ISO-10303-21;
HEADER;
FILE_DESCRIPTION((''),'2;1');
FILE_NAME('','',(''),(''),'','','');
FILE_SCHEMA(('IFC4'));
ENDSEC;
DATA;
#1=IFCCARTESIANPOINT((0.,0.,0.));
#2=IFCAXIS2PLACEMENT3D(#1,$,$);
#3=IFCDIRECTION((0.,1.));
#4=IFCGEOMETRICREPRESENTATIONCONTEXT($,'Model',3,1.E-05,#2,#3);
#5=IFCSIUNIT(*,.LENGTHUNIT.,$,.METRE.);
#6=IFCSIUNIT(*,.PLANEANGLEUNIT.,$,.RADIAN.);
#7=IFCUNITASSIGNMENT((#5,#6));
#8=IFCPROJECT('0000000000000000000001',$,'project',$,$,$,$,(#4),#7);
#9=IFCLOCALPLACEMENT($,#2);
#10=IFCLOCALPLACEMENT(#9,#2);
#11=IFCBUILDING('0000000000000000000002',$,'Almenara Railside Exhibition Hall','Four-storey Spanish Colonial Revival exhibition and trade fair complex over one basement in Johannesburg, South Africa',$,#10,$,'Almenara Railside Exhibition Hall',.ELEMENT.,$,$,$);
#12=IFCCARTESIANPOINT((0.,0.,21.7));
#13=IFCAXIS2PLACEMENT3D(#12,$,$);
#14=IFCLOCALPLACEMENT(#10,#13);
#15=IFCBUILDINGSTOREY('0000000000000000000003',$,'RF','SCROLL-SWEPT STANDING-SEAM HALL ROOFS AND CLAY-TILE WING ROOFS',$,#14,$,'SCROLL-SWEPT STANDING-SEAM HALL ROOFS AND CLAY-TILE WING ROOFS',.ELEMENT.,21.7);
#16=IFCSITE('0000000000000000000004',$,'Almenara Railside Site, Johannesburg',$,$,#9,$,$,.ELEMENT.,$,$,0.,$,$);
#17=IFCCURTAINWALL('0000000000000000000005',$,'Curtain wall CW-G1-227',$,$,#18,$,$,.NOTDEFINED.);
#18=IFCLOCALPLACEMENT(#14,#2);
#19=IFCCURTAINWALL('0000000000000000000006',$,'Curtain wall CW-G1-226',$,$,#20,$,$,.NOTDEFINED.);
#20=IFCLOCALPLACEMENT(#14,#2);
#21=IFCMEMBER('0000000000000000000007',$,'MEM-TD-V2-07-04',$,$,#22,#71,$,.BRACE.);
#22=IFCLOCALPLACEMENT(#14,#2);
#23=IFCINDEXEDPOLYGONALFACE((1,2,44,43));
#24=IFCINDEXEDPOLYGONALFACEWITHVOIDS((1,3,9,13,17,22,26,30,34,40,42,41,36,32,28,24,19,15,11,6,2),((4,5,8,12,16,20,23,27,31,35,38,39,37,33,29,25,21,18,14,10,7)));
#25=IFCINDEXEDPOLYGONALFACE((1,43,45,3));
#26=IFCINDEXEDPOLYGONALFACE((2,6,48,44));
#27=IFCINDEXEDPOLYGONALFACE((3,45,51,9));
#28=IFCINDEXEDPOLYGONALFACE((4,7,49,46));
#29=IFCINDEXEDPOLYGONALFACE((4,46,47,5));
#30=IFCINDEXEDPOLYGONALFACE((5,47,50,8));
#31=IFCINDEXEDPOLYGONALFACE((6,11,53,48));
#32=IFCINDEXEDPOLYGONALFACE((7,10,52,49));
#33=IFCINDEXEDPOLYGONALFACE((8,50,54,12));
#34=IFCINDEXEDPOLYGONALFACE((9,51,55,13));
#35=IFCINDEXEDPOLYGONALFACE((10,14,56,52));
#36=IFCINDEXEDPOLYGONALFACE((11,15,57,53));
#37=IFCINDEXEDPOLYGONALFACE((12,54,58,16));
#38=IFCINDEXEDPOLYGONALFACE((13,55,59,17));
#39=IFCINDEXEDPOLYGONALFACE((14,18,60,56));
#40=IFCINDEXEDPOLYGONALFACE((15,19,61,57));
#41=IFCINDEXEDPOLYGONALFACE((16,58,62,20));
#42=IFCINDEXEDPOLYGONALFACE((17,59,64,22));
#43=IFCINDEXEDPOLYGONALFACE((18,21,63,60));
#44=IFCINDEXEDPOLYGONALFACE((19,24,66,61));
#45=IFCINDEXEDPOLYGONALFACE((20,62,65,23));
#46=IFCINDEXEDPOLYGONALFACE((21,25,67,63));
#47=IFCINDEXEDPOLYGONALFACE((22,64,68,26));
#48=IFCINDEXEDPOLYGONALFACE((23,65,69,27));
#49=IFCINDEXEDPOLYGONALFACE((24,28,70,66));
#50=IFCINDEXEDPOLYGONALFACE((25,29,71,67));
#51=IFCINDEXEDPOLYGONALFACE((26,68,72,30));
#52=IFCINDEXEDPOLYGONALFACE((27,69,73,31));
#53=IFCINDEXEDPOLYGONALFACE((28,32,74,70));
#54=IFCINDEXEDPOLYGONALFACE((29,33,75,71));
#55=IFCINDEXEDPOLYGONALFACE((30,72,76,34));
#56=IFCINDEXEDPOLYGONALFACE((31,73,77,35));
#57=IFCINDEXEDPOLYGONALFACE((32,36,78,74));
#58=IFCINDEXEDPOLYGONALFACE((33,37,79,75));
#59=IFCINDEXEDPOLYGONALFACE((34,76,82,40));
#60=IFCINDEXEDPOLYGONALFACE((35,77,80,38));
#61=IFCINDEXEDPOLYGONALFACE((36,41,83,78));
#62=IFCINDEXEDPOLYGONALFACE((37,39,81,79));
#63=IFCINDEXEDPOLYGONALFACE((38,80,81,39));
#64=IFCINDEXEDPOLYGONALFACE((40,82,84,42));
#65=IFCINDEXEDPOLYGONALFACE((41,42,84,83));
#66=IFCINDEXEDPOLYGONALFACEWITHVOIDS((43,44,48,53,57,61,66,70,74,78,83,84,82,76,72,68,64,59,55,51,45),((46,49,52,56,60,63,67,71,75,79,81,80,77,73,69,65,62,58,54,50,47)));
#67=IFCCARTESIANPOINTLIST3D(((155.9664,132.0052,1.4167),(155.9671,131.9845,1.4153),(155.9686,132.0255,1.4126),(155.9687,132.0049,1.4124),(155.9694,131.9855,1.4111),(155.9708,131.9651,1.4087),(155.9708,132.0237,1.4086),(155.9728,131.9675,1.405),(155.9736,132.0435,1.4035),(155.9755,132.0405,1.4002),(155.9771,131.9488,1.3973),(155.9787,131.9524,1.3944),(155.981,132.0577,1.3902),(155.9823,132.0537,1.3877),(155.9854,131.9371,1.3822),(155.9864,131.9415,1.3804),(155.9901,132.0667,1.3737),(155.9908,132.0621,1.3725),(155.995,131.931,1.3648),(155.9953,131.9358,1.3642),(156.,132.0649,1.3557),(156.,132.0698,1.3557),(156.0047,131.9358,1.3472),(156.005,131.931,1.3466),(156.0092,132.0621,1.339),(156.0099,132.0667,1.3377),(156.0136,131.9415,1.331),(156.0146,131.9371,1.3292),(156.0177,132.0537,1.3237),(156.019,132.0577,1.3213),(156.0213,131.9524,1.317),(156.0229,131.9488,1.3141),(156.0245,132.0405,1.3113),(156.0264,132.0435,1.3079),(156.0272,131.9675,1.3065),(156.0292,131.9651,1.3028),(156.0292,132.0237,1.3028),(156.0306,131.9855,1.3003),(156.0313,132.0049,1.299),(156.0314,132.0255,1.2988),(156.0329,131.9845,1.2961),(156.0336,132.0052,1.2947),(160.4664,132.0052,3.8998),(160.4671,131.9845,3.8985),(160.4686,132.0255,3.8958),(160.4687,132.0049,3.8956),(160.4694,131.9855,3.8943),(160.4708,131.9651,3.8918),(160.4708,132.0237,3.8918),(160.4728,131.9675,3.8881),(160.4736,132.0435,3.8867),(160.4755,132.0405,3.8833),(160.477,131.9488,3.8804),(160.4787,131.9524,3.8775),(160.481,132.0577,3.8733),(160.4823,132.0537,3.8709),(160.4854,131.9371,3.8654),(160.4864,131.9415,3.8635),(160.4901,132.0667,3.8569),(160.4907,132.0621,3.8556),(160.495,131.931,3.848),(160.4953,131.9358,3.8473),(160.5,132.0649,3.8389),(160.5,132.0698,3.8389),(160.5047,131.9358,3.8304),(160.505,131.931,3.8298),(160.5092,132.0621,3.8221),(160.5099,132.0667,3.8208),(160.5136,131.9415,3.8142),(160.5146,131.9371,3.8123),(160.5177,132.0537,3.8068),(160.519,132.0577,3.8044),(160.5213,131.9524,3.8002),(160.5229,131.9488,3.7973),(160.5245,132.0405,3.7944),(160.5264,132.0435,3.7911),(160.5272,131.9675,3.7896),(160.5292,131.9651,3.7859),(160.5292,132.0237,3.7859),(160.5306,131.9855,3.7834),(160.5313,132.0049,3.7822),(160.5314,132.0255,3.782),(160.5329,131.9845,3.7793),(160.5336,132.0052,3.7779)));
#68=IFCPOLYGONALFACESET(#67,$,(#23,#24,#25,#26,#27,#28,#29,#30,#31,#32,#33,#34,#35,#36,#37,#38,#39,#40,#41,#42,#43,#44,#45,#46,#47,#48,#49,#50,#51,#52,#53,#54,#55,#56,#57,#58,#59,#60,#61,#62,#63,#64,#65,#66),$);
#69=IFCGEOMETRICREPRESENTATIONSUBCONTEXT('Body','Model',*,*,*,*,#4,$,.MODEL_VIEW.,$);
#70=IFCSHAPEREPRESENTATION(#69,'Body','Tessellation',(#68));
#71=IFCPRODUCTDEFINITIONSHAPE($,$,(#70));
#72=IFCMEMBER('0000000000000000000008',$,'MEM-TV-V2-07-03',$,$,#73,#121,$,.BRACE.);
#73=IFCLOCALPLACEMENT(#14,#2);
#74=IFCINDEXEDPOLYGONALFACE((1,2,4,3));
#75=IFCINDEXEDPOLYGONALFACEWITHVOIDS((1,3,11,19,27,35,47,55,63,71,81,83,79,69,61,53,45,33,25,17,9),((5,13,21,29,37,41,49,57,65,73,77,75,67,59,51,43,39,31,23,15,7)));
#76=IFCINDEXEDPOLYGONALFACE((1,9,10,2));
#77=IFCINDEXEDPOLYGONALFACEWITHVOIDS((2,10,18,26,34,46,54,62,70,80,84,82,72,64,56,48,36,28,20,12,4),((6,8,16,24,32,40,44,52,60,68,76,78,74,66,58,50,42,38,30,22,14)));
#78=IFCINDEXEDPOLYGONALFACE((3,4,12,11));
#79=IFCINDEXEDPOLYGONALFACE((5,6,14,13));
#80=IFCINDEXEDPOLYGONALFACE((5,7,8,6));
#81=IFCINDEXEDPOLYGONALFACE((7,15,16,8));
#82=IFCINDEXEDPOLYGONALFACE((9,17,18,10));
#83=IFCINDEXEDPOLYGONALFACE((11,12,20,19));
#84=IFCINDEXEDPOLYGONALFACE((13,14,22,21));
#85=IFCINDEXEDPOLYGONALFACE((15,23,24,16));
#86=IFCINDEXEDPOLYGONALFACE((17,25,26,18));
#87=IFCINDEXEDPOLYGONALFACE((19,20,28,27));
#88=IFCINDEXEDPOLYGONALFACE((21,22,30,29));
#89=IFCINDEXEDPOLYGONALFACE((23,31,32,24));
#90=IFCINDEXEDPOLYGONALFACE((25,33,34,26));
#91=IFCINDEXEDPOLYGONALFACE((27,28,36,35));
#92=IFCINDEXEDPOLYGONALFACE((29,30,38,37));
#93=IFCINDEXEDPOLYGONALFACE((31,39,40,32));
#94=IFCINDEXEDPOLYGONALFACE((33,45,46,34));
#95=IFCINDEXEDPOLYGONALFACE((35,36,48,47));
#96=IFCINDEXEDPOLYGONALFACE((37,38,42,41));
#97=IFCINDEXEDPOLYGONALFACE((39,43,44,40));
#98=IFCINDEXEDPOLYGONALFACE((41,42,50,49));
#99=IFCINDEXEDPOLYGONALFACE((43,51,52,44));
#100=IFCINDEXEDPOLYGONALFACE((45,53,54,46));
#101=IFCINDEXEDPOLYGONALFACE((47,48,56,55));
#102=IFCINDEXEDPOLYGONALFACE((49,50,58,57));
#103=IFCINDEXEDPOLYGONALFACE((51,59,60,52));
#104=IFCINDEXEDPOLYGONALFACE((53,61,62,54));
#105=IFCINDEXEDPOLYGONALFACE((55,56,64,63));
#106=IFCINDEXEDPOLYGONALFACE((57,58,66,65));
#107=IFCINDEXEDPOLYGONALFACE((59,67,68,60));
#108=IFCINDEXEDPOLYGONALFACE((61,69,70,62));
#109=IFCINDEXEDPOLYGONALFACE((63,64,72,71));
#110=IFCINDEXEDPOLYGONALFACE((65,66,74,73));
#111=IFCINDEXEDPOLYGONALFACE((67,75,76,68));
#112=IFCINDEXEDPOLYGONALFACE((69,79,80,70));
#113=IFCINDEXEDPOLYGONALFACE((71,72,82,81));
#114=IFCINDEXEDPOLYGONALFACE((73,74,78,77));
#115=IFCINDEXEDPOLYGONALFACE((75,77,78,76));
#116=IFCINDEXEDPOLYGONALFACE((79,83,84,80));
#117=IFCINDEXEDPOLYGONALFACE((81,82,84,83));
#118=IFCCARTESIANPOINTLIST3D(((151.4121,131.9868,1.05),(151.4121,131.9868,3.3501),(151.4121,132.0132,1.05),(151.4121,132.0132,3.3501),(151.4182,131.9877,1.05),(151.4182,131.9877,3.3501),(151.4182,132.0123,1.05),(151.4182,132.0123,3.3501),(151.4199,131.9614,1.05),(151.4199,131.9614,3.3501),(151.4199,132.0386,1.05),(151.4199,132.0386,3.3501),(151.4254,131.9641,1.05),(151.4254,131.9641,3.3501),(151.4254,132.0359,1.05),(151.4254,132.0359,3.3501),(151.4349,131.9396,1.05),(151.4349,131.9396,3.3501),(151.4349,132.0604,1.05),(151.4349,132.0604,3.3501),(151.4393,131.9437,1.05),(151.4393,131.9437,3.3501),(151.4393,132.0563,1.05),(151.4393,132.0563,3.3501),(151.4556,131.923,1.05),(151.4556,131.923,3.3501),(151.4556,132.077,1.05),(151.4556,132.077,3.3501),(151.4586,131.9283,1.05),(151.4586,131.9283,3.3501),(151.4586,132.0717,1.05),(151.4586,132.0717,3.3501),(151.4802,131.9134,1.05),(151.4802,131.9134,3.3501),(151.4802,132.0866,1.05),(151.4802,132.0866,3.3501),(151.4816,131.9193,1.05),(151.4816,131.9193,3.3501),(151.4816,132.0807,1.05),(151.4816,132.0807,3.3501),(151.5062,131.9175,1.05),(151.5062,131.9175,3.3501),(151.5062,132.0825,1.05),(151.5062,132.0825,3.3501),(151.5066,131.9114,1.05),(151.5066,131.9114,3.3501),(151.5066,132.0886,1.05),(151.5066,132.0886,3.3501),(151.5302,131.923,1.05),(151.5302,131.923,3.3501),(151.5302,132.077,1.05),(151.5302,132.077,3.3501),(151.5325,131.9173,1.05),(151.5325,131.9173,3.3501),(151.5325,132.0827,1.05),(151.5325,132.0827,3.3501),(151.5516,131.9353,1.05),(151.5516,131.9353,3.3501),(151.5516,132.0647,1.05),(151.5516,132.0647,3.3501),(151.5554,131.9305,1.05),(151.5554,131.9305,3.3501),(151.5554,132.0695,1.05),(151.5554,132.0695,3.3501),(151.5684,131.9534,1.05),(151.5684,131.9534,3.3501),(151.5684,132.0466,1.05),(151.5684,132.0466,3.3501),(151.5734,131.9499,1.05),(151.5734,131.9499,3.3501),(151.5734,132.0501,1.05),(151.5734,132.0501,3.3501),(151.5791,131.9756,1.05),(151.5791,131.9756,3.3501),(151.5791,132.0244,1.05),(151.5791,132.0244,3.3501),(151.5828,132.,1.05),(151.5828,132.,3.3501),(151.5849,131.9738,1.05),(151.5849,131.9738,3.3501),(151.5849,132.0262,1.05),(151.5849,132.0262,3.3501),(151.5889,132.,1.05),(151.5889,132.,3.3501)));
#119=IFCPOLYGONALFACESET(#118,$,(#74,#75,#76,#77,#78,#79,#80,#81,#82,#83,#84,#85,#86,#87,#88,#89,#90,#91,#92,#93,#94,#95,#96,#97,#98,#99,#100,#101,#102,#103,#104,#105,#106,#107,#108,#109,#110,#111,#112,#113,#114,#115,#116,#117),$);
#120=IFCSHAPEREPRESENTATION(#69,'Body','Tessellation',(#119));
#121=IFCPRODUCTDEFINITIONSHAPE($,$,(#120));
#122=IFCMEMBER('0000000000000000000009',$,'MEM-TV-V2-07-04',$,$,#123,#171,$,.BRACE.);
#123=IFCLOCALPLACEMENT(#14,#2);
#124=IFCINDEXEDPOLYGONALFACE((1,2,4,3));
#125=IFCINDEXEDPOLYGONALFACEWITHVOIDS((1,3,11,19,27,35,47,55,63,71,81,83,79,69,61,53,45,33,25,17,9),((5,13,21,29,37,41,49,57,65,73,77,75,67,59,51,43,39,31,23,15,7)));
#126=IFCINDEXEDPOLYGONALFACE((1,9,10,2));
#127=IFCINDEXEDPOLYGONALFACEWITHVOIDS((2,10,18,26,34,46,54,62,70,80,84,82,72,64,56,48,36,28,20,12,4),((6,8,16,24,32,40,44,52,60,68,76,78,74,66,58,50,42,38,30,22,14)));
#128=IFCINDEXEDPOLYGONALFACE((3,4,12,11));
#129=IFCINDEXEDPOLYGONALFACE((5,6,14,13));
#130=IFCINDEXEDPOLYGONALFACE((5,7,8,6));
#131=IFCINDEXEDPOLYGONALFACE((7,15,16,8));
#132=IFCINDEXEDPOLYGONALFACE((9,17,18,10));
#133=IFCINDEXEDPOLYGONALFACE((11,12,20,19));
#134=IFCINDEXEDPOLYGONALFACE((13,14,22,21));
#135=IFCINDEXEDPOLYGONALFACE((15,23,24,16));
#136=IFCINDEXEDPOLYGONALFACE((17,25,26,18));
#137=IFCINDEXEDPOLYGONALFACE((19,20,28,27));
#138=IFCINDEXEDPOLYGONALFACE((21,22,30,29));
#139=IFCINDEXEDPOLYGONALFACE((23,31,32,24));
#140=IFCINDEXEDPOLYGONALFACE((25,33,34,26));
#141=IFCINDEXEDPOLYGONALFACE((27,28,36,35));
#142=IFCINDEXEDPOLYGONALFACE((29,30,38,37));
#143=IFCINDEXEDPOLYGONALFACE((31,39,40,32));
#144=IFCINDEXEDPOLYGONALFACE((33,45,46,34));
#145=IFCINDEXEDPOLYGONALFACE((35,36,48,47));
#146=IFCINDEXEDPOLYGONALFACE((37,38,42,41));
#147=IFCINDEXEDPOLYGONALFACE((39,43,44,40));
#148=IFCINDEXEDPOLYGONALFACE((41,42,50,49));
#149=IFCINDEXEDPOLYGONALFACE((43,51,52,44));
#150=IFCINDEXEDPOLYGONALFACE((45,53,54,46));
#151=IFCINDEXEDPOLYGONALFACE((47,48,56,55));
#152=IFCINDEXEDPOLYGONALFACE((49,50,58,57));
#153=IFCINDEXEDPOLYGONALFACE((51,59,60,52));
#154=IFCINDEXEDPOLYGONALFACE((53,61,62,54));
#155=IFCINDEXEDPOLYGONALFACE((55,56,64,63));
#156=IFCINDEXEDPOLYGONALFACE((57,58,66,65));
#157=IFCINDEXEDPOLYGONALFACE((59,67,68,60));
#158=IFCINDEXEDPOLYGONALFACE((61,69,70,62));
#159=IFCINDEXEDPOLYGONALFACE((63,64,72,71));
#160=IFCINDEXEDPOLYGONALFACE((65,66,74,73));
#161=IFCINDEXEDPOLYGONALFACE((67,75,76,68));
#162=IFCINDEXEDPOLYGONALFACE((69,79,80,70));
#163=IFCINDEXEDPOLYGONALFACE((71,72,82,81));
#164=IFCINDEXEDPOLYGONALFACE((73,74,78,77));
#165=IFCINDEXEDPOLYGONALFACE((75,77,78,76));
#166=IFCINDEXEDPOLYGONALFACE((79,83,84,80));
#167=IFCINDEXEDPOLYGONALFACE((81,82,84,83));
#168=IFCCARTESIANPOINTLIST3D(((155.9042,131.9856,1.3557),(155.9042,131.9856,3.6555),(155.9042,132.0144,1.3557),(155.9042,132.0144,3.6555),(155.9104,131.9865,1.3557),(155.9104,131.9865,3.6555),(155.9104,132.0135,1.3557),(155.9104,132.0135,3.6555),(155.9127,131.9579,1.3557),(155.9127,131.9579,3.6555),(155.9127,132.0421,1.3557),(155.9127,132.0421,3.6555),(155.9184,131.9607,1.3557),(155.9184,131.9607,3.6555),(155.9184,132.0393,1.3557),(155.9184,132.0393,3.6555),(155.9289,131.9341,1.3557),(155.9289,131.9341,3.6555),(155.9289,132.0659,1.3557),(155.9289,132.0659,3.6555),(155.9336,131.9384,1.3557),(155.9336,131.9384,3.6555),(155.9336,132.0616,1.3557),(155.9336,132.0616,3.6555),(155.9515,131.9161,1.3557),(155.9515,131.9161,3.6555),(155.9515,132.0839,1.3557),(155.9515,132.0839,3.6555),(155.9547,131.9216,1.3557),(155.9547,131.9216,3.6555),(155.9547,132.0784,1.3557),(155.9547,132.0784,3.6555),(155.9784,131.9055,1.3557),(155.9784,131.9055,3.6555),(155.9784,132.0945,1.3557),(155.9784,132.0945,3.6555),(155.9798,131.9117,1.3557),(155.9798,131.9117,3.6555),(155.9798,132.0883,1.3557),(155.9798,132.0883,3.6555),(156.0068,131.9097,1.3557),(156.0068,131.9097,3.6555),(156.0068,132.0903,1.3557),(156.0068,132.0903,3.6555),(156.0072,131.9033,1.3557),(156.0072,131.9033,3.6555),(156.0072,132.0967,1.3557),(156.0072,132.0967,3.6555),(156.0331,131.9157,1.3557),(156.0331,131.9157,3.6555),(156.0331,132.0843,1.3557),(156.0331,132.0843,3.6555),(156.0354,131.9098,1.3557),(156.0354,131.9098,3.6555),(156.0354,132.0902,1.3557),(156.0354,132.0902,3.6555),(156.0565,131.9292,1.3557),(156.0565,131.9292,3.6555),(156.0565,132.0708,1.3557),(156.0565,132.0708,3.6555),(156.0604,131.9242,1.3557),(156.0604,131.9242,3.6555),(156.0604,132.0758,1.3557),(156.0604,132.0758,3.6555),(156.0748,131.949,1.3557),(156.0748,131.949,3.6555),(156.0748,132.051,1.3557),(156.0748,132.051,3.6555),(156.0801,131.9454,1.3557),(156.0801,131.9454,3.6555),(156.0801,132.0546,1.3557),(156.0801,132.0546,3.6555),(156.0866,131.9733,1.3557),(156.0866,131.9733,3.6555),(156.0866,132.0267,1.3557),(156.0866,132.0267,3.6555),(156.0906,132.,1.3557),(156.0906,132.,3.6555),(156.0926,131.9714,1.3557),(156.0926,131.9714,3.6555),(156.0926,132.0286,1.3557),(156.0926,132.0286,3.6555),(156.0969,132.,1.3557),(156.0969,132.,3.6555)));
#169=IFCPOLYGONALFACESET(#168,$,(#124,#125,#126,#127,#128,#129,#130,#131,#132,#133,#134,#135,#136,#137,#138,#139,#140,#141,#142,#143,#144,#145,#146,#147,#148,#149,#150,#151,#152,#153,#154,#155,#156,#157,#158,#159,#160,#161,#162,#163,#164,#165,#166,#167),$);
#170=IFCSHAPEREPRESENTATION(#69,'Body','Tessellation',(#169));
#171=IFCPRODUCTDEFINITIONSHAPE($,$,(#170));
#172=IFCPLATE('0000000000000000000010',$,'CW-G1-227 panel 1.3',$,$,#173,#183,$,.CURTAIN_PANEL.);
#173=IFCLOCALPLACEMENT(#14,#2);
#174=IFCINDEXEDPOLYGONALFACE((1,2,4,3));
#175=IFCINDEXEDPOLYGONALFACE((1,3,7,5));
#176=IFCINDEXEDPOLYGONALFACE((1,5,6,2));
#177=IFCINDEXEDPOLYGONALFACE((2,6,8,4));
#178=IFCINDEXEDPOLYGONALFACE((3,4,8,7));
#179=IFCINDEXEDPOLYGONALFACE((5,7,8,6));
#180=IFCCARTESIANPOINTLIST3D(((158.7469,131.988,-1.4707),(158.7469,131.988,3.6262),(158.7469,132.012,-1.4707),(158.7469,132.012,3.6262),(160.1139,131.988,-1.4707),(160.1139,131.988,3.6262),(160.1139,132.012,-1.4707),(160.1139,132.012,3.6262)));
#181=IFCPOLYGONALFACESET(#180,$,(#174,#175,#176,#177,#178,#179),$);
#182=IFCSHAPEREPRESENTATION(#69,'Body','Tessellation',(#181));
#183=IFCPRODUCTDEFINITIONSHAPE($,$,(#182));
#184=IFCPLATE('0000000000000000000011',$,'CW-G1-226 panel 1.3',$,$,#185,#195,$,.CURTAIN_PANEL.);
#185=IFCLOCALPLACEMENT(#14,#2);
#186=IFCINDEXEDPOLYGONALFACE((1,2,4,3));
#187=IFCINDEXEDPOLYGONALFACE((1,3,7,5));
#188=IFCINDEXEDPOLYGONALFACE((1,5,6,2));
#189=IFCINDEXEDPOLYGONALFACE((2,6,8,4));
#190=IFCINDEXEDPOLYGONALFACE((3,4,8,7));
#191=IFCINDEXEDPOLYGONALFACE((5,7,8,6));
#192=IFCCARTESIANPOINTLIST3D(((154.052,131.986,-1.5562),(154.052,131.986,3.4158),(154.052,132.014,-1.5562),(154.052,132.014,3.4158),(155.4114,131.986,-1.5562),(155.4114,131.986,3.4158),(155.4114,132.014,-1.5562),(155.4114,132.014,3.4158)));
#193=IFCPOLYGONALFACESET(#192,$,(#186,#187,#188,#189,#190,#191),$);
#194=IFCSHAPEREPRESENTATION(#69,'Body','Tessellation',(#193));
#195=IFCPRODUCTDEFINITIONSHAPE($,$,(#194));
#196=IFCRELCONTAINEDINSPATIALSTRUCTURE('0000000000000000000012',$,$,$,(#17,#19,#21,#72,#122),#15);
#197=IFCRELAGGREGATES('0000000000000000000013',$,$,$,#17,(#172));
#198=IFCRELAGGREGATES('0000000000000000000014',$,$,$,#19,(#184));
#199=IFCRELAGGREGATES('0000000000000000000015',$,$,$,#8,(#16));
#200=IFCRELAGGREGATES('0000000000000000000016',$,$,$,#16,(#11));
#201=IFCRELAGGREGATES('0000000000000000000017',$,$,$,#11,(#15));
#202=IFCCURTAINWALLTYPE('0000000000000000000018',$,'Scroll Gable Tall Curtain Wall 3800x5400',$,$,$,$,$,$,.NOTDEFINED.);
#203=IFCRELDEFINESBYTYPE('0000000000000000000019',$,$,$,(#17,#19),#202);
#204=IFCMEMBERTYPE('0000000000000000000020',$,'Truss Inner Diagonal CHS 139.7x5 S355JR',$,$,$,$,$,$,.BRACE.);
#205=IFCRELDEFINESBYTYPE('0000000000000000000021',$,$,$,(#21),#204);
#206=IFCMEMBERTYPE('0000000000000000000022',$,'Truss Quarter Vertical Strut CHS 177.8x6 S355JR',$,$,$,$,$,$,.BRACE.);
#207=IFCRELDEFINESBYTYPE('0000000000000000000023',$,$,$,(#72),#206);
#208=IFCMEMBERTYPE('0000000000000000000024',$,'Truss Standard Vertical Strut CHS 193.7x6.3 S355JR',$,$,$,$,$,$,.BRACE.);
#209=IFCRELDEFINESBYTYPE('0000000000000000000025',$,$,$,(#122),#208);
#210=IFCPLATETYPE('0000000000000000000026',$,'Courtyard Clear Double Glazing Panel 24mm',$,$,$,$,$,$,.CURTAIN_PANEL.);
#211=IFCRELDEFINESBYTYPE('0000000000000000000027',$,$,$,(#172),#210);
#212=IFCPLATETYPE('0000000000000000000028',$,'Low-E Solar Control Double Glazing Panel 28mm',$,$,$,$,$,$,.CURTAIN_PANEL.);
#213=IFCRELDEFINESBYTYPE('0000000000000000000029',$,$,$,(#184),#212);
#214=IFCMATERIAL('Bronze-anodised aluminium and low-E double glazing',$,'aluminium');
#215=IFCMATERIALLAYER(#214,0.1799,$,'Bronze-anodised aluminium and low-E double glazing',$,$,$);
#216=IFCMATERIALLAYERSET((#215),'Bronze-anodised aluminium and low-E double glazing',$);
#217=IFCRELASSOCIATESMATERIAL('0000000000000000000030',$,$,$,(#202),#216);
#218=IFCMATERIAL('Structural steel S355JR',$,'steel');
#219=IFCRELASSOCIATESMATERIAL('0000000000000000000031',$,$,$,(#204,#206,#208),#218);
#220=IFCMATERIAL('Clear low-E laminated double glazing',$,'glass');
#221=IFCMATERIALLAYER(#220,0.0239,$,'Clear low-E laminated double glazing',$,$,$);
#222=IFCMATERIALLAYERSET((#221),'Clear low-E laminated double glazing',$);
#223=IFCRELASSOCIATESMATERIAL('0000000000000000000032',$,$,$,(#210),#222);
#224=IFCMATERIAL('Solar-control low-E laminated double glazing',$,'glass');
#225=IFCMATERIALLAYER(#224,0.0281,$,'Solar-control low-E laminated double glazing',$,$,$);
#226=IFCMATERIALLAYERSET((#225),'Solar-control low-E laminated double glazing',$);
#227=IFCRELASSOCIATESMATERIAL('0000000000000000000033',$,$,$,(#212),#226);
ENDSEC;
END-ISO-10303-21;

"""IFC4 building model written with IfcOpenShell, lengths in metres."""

from ifc_helpers import new_model, si_unit, direction, frame, origin, origin_2d, place, context, subcontext, project, spatial, rectangle, hollow_circle, extrude, material, layer, layer_set, material_profile, profile_set, type_object, element, aggregate, save


model = new_model("IFC4")

# Units and contexts
model_context = context("Model", 3, precision=1e-05, world=origin(), true_north=direction((0.0, 1.0)))
body_context = subcontext(model_context, "Body", "Model", "MODEL_VIEW")
ifc_project = project(units=[si_unit("LENGTHUNIT", "METRE"), si_unit("PLANEANGLEUNIT", "RADIAN")], contexts=[model_context])

# Site, building, storey
site_placement = place(None, origin())
site = spatial("IfcSite", under=ifc_project, at=site_placement, Name="Almenara Railside Site, Johannesburg", CompositionType="ELEMENT", RefElevation=0.0)
building_placement = place(site_placement, origin())
building = spatial("IfcBuilding", under=site, at=building_placement, Name="Almenara Railside Exhibition Hall", Description="Four-storey Spanish Colonial Revival exhibition and trade fair complex over one basement in Johannesburg, South Africa", LongName="Almenara Railside Exhibition Hall", CompositionType="ELEMENT")
storey_placement = place(building_placement, frame((0.0, 0.0, 21.7)))
storey = spatial("IfcBuildingStorey", under=building, at=storey_placement, Name="RF", Description="SCROLL-SWEPT STANDING-SEAM HALL ROOFS AND CLAY-TILE WING ROOFS", LongName="SCROLL-SWEPT STANDING-SEAM HALL ROOFS AND CLAY-TILE WING ROOFS", CompositionType="ELEMENT", Elevation=21.7)

# Shared definitions
ifc_material_1 = material(Name="Structural steel S355JR", Category="steel")

# Curtain walls
ifc_material_2 = material(Name="Bronze-anodised aluminium and low-E double glazing", Category="aluminium")
ifc_layer_1 = layer(ifc_material_2, 0.1799, Name="Bronze-anodised aluminium and low-E double glazing")
ifc_layer_set_1 = layer_set([ifc_layer_1], Name="Bronze-anodised aluminium and low-E double glazing")
curtain_wall_type = type_object("IfcCurtainWallType", Name="Scroll Gable Tall Curtain Wall 3800x5400", PredefinedType="NOTDEFINED", material=ifc_layer_set_1)
curtain_wall_1_placement = place(storey_placement, origin())
curtain_wall_1 = element("IfcCurtainWall", 1, at=curtain_wall_1_placement, inside=storey, type_object=curtain_wall_type, Name="Curtain wall CW-G1-227", PredefinedType="NOTDEFINED")
curtain_wall_2_placement = place(storey_placement, origin())
curtain_wall_2 = element("IfcCurtainWall", 2, at=curtain_wall_2_placement, inside=storey, type_object=curtain_wall_type, Name="Curtain wall CW-G1-226", PredefinedType="NOTDEFINED")

# Members
ifc_material_profile_1 = material_profile(ifc_material_1, hollow_circle(Radius=0.0698, WallThickness=0.0049, at=origin_2d()), Name="CHS 139.7x5")
ifc_profile_set_1 = profile_set([ifc_material_profile_1], Name="Structural steel S355JR")
member_type_1 = type_object("IfcMemberType", Name="Truss Inner Diagonal CHS 139.7x5 S355JR", PredefinedType="BRACE", material=ifc_profile_set_1)
member_1_placement = place(storey_placement, frame((156.0, 132.0, 1.3557), z_axis=(0.875545, 0.0, 0.483136), x_axis=(0.0, 1.0, 0.0)))
element("IfcMember", 3, at=member_1_placement, inside=storey, type_object=member_type_1, Name="MEM-TD-V2-07-04", PredefinedType="BRACE", context=body_context, shape_type="SweptSolid", body=[
    extrude(hollow_circle(Radius=0.0698, WallThickness=0.0049, at=origin_2d()), origin(), (0.0, 0.0, 1.0), 5.1396),
])
ifc_material_profile_2 = material_profile(ifc_material_1, hollow_circle(Radius=0.0889, WallThickness=0.0061, at=origin_2d()), Name="CHS 177.8x6")
ifc_profile_set_2 = profile_set([ifc_material_profile_2], Name="Structural steel S355JR")
member_type_2 = type_object("IfcMemberType", Name="Truss Quarter Vertical Strut CHS 177.8x6 S355JR", PredefinedType="BRACE", material=ifc_profile_set_2)
member_2_placement = place(storey_placement, frame((151.5, 132.0, 1.05), z_axis=(0.0, 0.0, 1.0), x_axis=(1.0, 0.0, 0.0)))
element("IfcMember", 4, at=member_2_placement, inside=storey, type_object=member_type_2, Name="MEM-TV-V2-07-03", PredefinedType="BRACE", context=body_context, shape_type="SweptSolid", body=[
    extrude(hollow_circle(Radius=0.0889, WallThickness=0.0061, at=origin_2d()), origin(), (0.0, 0.0, 1.0), 2.3),
])
ifc_material_profile_3 = material_profile(ifc_material_1, hollow_circle(Radius=0.0969, WallThickness=0.0063, at=origin_2d()), Name="CHS 193.7x6.3")
ifc_profile_set_3 = profile_set([ifc_material_profile_3], Name="Structural steel S355JR")
member_type_3 = type_object("IfcMemberType", Name="Truss Standard Vertical Strut CHS 193.7x6.3 S355JR", PredefinedType="BRACE", material=ifc_profile_set_3)
member_3_placement = place(storey_placement, frame((156.0, 132.0, 1.3557), z_axis=(0.0, 0.0, 1.0), x_axis=(1.0, 0.0, 0.0)))
element("IfcMember", 5, at=member_3_placement, inside=storey, type_object=member_type_3, Name="MEM-TV-V2-07-04", PredefinedType="BRACE", context=body_context, shape_type="SweptSolid", body=[
    extrude(hollow_circle(Radius=0.0969, WallThickness=0.0063, at=origin_2d()), origin(), (0.0, 0.0, 1.0), 2.2998),
])

# Plates
ifc_material_3 = material(Name="Clear low-E laminated double glazing", Category="glass")
ifc_layer_2 = layer(ifc_material_3, 0.0239, Name="Clear low-E laminated double glazing")
ifc_layer_set_2 = layer_set([ifc_layer_2], Name="Clear low-E laminated double glazing")
plate_type_1 = type_object("IfcPlateType", Name="Courtyard Clear Double Glazing Panel 24mm", PredefinedType="CURTAIN_PANEL", material=ifc_layer_set_2)
plate_1_placement = place(storey_placement, frame((159.4304, 132.0, -1.4707), z_axis=(0.0, 0.0, 1.0), x_axis=(1.0, 0.0, 0.0)))
plate_1 = element("IfcPlate", 6, at=plate_1_placement, type_object=plate_type_1, Name="CW-G1-227 panel 1.3", PredefinedType="CURTAIN_PANEL", context=body_context, shape_type="SweptSolid", body=[
    extrude(rectangle(XDim=1.3669, YDim=0.0239, at=origin_2d()), origin(), (0.0, 0.0, 1.0), 5.0969),
])
aggregate(curtain_wall_1, [plate_1])
ifc_material_4 = material(Name="Solar-control low-E laminated double glazing", Category="glass")
ifc_layer_3 = layer(ifc_material_4, 0.0281, Name="Solar-control low-E laminated double glazing")
ifc_layer_set_3 = layer_set([ifc_layer_3], Name="Solar-control low-E laminated double glazing")
plate_type_2 = type_object("IfcPlateType", Name="Low-E Solar Control Double Glazing Panel 28mm", PredefinedType="CURTAIN_PANEL", material=ifc_layer_set_3)
plate_2_placement = place(storey_placement, frame((154.7317, 132.0, -1.5562), z_axis=(0.0, 0.0, 1.0), x_axis=(1.0, 0.0, 0.0)))
plate_2 = element("IfcPlate", 7, at=plate_2_placement, type_object=plate_type_2, Name="CW-G1-226 panel 1.3", PredefinedType="CURTAIN_PANEL", context=body_context, shape_type="SweptSolid", body=[
    extrude(rectangle(XDim=1.3594, YDim=0.0281, at=origin_2d()), origin(), (0.0, 0.0, 1.0), 4.9719),
])
aggregate(curtain_wall_2, [plate_2])

save(model, "model.ifc")
